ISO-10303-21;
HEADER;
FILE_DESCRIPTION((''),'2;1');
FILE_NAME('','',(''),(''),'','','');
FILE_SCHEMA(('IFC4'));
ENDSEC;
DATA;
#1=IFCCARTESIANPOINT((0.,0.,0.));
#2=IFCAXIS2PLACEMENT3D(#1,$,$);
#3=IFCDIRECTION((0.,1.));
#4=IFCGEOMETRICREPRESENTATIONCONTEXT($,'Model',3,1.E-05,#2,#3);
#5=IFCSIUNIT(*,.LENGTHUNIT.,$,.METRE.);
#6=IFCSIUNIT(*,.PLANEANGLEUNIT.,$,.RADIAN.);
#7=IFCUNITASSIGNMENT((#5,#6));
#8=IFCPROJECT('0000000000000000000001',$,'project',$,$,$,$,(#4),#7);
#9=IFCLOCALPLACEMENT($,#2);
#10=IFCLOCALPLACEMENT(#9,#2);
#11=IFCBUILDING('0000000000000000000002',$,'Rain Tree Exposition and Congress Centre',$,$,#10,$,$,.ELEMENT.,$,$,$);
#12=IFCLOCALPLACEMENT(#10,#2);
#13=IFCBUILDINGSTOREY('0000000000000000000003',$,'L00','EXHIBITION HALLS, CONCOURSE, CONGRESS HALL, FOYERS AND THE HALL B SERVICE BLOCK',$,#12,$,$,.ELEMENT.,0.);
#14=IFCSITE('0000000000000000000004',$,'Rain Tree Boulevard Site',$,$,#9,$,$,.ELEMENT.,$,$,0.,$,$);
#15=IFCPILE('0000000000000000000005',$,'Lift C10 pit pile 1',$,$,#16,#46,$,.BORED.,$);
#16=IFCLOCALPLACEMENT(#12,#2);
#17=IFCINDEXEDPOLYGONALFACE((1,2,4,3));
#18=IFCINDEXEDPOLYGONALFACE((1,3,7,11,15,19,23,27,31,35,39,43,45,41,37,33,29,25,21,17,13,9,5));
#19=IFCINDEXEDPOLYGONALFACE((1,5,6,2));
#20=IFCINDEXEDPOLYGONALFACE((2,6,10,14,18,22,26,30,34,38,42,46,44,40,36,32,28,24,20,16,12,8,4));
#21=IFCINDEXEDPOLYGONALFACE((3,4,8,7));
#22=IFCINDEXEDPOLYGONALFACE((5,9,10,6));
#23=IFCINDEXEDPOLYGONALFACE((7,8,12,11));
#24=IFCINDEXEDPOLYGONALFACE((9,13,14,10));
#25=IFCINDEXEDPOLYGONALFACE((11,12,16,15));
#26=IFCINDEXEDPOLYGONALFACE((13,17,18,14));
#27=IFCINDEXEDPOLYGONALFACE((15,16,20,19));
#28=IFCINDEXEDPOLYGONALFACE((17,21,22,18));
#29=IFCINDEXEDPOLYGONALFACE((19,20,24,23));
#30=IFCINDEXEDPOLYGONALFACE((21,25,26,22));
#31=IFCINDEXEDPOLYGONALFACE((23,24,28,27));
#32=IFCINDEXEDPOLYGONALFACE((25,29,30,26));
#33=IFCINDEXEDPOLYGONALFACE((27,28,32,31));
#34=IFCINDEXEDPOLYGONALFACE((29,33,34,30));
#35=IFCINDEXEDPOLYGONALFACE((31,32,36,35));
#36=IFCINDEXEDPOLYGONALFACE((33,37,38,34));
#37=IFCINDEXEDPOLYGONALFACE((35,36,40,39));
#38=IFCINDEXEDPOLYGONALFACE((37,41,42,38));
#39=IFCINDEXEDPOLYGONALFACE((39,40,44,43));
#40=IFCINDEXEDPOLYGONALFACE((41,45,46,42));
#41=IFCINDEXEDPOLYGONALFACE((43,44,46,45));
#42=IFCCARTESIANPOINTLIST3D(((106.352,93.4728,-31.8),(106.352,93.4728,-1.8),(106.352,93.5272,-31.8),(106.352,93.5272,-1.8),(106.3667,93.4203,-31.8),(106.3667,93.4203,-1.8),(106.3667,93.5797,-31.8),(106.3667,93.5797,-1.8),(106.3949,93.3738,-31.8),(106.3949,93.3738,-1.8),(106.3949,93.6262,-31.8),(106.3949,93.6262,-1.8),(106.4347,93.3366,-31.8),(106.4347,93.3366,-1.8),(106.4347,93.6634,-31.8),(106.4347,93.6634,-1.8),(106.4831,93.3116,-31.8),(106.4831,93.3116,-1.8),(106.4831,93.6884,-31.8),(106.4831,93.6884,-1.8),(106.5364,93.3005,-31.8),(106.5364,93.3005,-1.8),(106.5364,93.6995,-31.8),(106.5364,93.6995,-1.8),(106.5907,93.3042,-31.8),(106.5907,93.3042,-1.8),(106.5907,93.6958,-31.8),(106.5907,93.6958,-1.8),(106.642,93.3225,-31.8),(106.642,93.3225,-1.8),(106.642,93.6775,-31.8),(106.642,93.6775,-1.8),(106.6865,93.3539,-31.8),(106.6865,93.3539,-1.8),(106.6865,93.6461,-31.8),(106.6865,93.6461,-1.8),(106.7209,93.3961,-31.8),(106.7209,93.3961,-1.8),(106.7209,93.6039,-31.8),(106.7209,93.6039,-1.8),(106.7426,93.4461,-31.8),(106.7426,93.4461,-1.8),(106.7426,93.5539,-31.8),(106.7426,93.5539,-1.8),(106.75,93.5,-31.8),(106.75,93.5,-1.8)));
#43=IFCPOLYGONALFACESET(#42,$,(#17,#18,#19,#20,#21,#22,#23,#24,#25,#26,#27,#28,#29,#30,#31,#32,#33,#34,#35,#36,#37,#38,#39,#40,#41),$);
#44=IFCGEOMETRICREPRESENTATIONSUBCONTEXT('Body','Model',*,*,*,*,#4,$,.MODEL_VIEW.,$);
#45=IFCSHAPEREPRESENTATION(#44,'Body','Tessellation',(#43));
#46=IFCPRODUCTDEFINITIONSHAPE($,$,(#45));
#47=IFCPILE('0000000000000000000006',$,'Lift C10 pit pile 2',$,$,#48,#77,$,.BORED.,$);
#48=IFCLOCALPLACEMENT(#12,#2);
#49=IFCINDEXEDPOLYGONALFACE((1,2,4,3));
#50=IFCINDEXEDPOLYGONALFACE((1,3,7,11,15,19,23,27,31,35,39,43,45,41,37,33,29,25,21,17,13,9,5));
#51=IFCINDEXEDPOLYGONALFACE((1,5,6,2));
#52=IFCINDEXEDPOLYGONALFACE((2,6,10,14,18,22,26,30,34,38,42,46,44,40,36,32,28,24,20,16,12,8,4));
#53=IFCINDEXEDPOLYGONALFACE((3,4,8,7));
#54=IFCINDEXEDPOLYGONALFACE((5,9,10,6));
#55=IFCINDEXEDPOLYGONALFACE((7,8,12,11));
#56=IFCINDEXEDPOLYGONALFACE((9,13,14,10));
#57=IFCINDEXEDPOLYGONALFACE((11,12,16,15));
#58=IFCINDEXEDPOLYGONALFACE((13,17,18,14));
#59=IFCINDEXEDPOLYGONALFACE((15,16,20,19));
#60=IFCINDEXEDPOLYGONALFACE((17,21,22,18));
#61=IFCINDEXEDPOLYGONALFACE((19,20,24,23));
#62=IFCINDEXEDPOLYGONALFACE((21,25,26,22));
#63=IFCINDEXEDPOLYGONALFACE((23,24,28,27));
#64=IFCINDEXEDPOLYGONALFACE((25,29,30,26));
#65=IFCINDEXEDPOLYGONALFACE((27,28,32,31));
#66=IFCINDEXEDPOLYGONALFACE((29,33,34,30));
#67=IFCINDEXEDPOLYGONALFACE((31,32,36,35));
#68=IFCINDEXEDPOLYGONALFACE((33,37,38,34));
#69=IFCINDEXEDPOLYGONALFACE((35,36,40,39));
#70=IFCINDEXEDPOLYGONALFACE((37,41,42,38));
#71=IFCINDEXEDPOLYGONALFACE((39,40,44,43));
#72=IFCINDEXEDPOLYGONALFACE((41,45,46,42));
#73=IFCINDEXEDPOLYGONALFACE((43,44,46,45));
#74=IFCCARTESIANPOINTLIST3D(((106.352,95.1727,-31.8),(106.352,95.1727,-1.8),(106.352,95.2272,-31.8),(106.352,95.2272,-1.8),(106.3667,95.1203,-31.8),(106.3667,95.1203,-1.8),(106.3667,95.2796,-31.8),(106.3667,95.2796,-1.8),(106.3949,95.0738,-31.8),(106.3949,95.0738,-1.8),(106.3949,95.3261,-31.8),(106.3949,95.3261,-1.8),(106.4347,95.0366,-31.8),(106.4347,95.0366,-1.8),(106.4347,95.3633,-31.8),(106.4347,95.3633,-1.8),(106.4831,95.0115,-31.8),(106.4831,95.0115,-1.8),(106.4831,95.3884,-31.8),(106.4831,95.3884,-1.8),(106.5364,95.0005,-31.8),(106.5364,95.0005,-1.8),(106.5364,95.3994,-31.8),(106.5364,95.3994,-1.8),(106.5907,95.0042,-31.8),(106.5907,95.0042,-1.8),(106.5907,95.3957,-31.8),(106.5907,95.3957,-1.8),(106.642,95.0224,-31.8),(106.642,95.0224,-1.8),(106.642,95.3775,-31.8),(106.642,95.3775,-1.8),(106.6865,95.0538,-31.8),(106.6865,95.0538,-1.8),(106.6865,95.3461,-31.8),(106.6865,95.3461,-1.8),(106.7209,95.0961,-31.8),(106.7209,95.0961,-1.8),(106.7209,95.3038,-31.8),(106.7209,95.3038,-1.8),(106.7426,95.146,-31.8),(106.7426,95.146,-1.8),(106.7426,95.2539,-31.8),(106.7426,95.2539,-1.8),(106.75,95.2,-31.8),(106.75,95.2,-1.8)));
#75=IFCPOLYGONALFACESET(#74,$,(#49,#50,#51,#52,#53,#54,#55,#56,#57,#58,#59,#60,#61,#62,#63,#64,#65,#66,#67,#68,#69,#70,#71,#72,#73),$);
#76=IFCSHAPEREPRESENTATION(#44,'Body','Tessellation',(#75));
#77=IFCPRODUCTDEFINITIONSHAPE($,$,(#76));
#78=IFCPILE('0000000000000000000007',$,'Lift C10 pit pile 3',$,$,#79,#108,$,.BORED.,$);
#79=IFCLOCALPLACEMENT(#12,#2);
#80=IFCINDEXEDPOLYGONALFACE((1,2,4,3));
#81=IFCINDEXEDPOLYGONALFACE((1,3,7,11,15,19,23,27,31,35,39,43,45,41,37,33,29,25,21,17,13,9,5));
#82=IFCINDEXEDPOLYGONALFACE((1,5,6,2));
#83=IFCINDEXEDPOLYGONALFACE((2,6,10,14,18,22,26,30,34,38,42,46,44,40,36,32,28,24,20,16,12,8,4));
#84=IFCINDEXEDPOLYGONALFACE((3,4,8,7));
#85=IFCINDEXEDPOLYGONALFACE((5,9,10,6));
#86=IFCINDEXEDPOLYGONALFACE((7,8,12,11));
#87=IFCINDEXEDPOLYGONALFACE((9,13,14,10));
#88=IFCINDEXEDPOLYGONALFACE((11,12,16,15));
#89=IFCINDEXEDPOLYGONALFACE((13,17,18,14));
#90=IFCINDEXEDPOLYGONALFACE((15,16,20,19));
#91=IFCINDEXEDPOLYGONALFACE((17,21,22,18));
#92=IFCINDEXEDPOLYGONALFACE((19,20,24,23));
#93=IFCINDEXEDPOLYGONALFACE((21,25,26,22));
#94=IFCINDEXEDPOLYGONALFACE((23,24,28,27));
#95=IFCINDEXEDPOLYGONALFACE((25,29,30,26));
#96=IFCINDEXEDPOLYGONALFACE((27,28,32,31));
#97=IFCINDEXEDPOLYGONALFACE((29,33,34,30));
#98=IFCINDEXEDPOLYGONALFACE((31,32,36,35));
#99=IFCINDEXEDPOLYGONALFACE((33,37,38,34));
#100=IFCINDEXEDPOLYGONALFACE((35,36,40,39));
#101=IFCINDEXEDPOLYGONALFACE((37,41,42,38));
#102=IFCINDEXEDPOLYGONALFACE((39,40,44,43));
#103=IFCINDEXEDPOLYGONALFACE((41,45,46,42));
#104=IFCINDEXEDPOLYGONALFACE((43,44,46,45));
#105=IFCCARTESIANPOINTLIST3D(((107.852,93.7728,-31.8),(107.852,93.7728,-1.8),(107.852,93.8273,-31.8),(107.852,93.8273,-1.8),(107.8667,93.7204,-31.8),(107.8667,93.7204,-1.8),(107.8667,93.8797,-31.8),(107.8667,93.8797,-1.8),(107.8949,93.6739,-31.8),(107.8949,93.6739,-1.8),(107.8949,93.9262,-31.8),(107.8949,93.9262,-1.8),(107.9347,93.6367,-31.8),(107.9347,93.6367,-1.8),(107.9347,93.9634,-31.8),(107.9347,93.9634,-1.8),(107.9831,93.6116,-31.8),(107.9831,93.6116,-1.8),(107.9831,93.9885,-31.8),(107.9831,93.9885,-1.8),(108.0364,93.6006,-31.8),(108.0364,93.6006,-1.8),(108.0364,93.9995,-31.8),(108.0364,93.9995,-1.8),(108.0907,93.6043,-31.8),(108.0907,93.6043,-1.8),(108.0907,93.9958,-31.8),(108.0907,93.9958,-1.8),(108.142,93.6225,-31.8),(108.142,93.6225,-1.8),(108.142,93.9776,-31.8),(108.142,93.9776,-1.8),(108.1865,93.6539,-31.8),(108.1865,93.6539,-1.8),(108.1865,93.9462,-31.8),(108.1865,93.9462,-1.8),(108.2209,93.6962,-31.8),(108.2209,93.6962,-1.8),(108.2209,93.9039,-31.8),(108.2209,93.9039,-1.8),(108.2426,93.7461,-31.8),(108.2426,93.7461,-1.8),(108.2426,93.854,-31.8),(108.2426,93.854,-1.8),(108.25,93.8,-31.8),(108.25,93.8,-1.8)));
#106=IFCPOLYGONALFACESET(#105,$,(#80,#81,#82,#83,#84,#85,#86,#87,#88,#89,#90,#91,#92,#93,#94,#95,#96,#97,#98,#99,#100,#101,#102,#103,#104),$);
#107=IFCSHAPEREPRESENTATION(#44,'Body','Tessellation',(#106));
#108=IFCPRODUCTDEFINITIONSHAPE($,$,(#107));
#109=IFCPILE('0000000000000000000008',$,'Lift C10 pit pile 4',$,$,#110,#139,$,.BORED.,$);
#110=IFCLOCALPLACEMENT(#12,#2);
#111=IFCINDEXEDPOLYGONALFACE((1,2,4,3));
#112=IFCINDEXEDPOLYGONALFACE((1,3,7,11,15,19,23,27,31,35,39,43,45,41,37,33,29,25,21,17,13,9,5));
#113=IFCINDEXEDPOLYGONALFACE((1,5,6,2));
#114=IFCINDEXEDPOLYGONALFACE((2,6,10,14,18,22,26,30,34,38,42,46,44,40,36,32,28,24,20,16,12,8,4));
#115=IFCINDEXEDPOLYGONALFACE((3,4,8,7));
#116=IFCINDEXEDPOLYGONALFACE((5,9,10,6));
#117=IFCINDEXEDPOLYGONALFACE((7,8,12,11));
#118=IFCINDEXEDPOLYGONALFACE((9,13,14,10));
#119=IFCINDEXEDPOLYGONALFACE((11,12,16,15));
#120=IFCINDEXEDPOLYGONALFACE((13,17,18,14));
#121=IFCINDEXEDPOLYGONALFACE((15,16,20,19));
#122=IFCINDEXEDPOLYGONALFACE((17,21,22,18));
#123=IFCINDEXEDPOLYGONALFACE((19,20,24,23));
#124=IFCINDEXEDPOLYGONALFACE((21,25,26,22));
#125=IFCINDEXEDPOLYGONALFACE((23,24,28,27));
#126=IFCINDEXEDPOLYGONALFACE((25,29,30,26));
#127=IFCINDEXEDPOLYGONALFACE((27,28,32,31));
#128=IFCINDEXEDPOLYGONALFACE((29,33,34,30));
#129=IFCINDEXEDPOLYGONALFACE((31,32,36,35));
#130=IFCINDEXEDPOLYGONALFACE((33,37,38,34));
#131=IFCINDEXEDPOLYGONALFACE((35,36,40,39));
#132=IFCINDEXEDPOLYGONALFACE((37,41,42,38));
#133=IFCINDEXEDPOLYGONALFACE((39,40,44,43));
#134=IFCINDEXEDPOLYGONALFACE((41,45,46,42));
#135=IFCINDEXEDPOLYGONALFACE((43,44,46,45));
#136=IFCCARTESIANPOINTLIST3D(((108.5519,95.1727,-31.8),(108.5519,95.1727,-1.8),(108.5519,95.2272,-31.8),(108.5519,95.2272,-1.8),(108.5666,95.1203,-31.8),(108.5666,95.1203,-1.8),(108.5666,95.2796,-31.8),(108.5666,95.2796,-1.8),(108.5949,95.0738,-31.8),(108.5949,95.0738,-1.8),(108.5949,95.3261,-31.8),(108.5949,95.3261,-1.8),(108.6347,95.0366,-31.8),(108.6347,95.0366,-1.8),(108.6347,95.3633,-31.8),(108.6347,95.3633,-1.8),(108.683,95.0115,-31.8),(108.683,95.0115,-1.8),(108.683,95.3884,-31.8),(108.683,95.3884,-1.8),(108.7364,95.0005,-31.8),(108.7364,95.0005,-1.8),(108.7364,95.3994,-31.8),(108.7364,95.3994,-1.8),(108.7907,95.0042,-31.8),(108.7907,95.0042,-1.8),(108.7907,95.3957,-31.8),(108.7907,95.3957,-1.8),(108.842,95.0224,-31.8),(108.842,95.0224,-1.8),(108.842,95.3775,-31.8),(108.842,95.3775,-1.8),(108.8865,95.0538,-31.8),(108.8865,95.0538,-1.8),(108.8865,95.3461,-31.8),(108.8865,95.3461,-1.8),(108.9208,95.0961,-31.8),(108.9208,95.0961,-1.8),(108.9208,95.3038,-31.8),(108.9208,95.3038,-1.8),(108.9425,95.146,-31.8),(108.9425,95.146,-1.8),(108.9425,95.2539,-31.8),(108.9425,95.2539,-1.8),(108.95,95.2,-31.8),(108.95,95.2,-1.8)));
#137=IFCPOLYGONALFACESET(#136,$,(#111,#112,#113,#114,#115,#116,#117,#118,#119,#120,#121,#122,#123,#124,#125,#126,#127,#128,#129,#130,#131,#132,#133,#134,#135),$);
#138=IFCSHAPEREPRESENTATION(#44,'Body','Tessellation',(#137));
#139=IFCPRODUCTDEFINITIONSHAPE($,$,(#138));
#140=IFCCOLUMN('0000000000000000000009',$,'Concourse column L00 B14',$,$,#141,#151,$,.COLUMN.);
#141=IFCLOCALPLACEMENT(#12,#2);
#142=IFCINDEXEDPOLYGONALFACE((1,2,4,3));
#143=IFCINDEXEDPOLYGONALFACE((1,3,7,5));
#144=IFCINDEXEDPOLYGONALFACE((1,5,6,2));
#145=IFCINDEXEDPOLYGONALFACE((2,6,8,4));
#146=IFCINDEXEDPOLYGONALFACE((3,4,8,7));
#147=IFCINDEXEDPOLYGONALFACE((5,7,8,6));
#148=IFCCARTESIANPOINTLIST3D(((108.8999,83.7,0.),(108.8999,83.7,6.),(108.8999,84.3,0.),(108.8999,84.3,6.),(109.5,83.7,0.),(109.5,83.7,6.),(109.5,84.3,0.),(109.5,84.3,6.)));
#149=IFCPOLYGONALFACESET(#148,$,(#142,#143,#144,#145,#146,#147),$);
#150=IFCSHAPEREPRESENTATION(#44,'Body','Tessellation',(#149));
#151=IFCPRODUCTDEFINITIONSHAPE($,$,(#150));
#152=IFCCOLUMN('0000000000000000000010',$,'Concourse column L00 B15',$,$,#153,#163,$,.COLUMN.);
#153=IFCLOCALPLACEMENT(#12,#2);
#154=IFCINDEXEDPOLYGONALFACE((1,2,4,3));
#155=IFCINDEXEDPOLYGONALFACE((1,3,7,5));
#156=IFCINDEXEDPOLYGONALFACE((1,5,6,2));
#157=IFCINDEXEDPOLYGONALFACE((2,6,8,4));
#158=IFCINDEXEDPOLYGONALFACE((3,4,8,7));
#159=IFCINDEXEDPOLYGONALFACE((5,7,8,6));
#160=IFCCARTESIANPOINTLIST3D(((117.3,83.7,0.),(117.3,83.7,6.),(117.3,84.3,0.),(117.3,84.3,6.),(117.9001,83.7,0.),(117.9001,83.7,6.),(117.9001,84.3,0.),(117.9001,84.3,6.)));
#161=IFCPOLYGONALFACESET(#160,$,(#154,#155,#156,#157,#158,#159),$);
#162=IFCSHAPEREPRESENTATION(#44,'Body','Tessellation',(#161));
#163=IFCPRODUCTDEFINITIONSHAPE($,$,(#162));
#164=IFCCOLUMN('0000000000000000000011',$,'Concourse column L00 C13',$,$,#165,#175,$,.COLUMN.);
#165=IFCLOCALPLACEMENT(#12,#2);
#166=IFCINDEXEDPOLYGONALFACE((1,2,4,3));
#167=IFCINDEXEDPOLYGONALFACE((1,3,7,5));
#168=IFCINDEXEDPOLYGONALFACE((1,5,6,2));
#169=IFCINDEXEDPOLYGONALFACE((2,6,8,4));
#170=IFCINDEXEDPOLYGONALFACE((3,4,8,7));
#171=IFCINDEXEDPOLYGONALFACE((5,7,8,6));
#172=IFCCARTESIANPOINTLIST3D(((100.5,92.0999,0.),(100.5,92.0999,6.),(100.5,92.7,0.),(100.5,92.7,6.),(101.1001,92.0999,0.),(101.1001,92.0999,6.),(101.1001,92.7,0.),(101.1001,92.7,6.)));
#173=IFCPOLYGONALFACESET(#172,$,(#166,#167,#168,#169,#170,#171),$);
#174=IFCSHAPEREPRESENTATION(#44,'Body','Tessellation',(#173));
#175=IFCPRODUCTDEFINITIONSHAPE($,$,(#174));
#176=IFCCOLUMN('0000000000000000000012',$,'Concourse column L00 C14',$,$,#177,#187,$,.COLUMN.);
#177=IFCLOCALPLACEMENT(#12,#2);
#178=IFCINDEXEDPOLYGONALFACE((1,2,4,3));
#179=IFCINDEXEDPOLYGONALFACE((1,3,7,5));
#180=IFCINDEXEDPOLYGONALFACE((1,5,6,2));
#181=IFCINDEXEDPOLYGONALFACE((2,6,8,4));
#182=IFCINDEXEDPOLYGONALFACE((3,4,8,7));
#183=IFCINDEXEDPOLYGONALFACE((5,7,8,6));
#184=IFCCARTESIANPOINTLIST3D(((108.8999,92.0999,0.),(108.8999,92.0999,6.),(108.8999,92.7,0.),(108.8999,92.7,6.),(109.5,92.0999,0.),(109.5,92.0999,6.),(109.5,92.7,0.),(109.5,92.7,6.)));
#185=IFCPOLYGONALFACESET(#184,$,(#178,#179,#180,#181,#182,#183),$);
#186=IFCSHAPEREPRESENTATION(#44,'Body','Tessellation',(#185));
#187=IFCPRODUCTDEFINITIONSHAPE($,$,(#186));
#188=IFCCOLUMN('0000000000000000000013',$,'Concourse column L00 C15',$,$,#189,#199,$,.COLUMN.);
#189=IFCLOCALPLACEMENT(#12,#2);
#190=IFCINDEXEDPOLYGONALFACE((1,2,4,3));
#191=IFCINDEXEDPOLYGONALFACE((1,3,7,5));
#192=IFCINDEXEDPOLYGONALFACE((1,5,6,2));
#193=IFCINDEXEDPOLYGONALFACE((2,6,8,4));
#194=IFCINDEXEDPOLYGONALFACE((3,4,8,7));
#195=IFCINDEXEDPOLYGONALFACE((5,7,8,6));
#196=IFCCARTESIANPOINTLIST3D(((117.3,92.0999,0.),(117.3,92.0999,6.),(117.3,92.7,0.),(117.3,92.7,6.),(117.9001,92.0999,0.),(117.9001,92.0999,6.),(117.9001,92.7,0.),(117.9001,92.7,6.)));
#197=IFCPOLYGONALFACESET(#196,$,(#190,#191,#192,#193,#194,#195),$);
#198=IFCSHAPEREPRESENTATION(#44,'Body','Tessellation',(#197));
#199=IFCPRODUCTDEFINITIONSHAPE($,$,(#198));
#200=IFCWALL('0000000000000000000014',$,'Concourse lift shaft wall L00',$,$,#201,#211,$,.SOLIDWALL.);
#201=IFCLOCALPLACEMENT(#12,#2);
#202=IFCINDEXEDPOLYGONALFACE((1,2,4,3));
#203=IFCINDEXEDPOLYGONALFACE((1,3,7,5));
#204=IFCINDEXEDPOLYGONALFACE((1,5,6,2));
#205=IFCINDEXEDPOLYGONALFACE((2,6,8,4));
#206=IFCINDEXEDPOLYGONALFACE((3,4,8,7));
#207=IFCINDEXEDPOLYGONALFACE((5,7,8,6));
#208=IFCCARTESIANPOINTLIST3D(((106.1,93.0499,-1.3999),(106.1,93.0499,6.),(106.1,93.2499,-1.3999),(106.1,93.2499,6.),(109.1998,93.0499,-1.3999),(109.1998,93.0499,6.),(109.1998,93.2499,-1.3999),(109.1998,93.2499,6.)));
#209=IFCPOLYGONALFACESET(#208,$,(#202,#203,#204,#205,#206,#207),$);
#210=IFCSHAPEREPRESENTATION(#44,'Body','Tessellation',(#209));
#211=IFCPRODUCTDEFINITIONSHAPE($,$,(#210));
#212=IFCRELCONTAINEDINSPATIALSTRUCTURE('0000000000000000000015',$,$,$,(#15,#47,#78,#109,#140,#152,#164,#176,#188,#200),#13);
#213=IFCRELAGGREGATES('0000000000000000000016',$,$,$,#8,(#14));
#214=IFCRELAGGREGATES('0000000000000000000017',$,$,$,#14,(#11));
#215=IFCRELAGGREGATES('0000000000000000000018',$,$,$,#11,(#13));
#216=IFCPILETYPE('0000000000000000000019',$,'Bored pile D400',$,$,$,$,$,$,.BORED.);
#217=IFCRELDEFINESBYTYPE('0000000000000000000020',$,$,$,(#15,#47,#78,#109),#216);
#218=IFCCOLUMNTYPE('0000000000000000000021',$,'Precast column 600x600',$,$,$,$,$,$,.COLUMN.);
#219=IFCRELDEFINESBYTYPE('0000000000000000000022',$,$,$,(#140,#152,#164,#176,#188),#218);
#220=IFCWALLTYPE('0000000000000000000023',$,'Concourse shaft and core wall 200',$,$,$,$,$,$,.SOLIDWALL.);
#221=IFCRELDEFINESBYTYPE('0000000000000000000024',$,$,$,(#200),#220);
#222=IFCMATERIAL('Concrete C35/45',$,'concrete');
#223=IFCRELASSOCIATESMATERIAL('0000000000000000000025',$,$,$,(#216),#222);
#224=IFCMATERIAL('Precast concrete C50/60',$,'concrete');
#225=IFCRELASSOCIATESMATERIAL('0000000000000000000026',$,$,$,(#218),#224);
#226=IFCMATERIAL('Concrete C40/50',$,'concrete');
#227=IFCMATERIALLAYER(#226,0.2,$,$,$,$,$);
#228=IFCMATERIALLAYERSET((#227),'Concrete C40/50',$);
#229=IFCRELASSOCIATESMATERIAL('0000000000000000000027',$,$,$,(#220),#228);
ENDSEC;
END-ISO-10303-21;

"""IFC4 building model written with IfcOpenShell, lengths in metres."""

from ifc_helpers import new_model, si_unit, direction, frame, frame_2d, origin, origin_2d, place, context, subcontext, project, spatial, rectangle, circle, extrude, material, layer, layer_set, material_profile, profile_set, type_object, element, save


model = new_model("IFC4")

# Units and contexts
model_context = context("Model", 3, precision=1e-05, world=origin(), true_north=direction((0.0, 1.0)))
body_context = subcontext(model_context, "Body", "Model", "MODEL_VIEW")
ifc_project = project(units=[si_unit("LENGTHUNIT", "METRE"), si_unit("PLANEANGLEUNIT", "RADIAN")], contexts=[model_context])

# Site, building, storey
site_placement = place(None, origin())
site = spatial("IfcSite", under=ifc_project, at=site_placement, Name="Rain Tree Boulevard Site", CompositionType="ELEMENT", RefElevation=0.0)
building_placement = place(site_placement, origin())
building = spatial("IfcBuilding", under=site, at=building_placement, Name="Rain Tree Exposition and Congress Centre", CompositionType="ELEMENT")
storey_placement = place(building_placement, origin())
storey = spatial("IfcBuildingStorey", under=building, at=storey_placement, Name="L00", Description="EXHIBITION HALLS, CONCOURSE, CONGRESS HALL, FOYERS AND THE HALL B SERVICE BLOCK", CompositionType="ELEMENT", Elevation=0.0)

# Piles
ifc_material_1 = material(Name="Concrete C35/45", Category="concrete")
ifc_material_profile_1 = material_profile(ifc_material_1, circle(Radius=0.2, at=origin_2d()), Name="D400")
ifc_profile_set_1 = profile_set([ifc_material_profile_1], Name="Concrete C35/45")
pile_type = type_object("IfcPileType", Name="Bored pile D400", PredefinedType="BORED", material=ifc_profile_set_1)
for number, where, z_axis, x_axis, name in (
    (1, (106.55, 93.5, -1.8), (0.0, 0.0, -1.0), (1.0, 0.0, 0.0), "Lift C10 pit pile 1"),
    (2, (106.55, 95.2, -1.8), (0.0, 0.0, -1.0), (1.0, 0.0, 0.0), "Lift C10 pit pile 2"),
    (3, (108.05, 93.8, -1.8), (0.0, 0.0, -1.0), (1.0, 0.0, 0.0), "Lift C10 pit pile 3"),
    (4, (108.75, 95.2, -1.8), (0.0, 0.0, -1.0), (1.0, 0.0, 0.0), "Lift C10 pit pile 4"),
):
    element("IfcPile", number, at=place(storey_placement, frame(where, z_axis=z_axis, x_axis=x_axis)), inside=storey, type_object=pile_type, Name=name, PredefinedType="BORED", context=body_context, shape_type="SweptSolid", body=[
        extrude(circle(Radius=0.2, at=origin_2d()), origin(), (0.0, 0.0, 1.0), 30.0),
    ])

# Columns
ifc_material_2 = material(Name="Precast concrete C50/60", Category="concrete")
ifc_material_profile_2 = material_profile(ifc_material_2, rectangle(XDim=0.6001, YDim=0.6001, at=origin_2d()), Name="RC 600x600")
ifc_profile_set_2 = profile_set([ifc_material_profile_2], Name="Precast concrete C50/60")
column_type = type_object("IfcColumnType", Name="Precast column 600x600", PredefinedType="COLUMN", material=ifc_profile_set_2)
for number, where, z_axis, x_axis, name in (
    (5, (109.2, 84.0, 0.0), (0.0, 0.0, 1.0), (1.0, 0.0, 0.0), "Concourse column L00 B14"),
    (6, (117.6001, 84.0, 0.0), (0.0, 0.0, 1.0), (1.0, 0.0, 0.0), "Concourse column L00 B15"),
    (7, (100.8, 92.3999, 0.0), (0.0, 0.0, 1.0), (1.0, 0.0, 0.0), "Concourse column L00 C13"),
    (8, (109.2, 92.3999, 0.0), (0.0, 0.0, 1.0), (1.0, 0.0, 0.0), "Concourse column L00 C14"),
    (9, (117.6001, 92.3999, 0.0), (0.0, 0.0, 1.0), (1.0, 0.0, 0.0), "Concourse column L00 C15"),
):
    element("IfcColumn", number, at=place(storey_placement, frame(where, z_axis=z_axis, x_axis=x_axis)), inside=storey, type_object=column_type, Name=name, PredefinedType="COLUMN", context=body_context, shape_type="SweptSolid", body=[
        extrude(rectangle(XDim=0.6001, YDim=0.6001, at=origin_2d()), origin(), (0.0, 0.0, 1.0), 6.0),
    ])

# Shared definitions
ifc_material_3 = material(Name="Concrete C40/50", Category="concrete")
ifc_layer_1 = layer(ifc_material_3, 0.2)
ifc_layer_set_1 = layer_set([ifc_layer_1], Name="Concrete C40/50")
wall_type_1 = type_object("IfcWallType", Name="Concourse shaft and core wall 200", PredefinedType="SOLIDWALL", material=ifc_layer_set_1)

# Wall
wall_1_placement = place(storey_placement, frame((106.1001, 93.1499, -1.3999), z_axis=(0.0, 0.0, 1.0), x_axis=(1.0, 0.0, 0.0)))
element("IfcWall", 10, at=wall_1_placement, inside=storey, type_object=wall_type_1, Name="Concourse lift shaft wall L00", PredefinedType="SOLIDWALL", context=body_context, shape_type="SweptSolid", body=[
    extrude(rectangle(XDim=3.0999, YDim=0.2, at=frame_2d((1.5498, 0.0))), origin(), (0.0, 0.0, 1.0), 7.3999),
])

save(model, "model.ifc")
